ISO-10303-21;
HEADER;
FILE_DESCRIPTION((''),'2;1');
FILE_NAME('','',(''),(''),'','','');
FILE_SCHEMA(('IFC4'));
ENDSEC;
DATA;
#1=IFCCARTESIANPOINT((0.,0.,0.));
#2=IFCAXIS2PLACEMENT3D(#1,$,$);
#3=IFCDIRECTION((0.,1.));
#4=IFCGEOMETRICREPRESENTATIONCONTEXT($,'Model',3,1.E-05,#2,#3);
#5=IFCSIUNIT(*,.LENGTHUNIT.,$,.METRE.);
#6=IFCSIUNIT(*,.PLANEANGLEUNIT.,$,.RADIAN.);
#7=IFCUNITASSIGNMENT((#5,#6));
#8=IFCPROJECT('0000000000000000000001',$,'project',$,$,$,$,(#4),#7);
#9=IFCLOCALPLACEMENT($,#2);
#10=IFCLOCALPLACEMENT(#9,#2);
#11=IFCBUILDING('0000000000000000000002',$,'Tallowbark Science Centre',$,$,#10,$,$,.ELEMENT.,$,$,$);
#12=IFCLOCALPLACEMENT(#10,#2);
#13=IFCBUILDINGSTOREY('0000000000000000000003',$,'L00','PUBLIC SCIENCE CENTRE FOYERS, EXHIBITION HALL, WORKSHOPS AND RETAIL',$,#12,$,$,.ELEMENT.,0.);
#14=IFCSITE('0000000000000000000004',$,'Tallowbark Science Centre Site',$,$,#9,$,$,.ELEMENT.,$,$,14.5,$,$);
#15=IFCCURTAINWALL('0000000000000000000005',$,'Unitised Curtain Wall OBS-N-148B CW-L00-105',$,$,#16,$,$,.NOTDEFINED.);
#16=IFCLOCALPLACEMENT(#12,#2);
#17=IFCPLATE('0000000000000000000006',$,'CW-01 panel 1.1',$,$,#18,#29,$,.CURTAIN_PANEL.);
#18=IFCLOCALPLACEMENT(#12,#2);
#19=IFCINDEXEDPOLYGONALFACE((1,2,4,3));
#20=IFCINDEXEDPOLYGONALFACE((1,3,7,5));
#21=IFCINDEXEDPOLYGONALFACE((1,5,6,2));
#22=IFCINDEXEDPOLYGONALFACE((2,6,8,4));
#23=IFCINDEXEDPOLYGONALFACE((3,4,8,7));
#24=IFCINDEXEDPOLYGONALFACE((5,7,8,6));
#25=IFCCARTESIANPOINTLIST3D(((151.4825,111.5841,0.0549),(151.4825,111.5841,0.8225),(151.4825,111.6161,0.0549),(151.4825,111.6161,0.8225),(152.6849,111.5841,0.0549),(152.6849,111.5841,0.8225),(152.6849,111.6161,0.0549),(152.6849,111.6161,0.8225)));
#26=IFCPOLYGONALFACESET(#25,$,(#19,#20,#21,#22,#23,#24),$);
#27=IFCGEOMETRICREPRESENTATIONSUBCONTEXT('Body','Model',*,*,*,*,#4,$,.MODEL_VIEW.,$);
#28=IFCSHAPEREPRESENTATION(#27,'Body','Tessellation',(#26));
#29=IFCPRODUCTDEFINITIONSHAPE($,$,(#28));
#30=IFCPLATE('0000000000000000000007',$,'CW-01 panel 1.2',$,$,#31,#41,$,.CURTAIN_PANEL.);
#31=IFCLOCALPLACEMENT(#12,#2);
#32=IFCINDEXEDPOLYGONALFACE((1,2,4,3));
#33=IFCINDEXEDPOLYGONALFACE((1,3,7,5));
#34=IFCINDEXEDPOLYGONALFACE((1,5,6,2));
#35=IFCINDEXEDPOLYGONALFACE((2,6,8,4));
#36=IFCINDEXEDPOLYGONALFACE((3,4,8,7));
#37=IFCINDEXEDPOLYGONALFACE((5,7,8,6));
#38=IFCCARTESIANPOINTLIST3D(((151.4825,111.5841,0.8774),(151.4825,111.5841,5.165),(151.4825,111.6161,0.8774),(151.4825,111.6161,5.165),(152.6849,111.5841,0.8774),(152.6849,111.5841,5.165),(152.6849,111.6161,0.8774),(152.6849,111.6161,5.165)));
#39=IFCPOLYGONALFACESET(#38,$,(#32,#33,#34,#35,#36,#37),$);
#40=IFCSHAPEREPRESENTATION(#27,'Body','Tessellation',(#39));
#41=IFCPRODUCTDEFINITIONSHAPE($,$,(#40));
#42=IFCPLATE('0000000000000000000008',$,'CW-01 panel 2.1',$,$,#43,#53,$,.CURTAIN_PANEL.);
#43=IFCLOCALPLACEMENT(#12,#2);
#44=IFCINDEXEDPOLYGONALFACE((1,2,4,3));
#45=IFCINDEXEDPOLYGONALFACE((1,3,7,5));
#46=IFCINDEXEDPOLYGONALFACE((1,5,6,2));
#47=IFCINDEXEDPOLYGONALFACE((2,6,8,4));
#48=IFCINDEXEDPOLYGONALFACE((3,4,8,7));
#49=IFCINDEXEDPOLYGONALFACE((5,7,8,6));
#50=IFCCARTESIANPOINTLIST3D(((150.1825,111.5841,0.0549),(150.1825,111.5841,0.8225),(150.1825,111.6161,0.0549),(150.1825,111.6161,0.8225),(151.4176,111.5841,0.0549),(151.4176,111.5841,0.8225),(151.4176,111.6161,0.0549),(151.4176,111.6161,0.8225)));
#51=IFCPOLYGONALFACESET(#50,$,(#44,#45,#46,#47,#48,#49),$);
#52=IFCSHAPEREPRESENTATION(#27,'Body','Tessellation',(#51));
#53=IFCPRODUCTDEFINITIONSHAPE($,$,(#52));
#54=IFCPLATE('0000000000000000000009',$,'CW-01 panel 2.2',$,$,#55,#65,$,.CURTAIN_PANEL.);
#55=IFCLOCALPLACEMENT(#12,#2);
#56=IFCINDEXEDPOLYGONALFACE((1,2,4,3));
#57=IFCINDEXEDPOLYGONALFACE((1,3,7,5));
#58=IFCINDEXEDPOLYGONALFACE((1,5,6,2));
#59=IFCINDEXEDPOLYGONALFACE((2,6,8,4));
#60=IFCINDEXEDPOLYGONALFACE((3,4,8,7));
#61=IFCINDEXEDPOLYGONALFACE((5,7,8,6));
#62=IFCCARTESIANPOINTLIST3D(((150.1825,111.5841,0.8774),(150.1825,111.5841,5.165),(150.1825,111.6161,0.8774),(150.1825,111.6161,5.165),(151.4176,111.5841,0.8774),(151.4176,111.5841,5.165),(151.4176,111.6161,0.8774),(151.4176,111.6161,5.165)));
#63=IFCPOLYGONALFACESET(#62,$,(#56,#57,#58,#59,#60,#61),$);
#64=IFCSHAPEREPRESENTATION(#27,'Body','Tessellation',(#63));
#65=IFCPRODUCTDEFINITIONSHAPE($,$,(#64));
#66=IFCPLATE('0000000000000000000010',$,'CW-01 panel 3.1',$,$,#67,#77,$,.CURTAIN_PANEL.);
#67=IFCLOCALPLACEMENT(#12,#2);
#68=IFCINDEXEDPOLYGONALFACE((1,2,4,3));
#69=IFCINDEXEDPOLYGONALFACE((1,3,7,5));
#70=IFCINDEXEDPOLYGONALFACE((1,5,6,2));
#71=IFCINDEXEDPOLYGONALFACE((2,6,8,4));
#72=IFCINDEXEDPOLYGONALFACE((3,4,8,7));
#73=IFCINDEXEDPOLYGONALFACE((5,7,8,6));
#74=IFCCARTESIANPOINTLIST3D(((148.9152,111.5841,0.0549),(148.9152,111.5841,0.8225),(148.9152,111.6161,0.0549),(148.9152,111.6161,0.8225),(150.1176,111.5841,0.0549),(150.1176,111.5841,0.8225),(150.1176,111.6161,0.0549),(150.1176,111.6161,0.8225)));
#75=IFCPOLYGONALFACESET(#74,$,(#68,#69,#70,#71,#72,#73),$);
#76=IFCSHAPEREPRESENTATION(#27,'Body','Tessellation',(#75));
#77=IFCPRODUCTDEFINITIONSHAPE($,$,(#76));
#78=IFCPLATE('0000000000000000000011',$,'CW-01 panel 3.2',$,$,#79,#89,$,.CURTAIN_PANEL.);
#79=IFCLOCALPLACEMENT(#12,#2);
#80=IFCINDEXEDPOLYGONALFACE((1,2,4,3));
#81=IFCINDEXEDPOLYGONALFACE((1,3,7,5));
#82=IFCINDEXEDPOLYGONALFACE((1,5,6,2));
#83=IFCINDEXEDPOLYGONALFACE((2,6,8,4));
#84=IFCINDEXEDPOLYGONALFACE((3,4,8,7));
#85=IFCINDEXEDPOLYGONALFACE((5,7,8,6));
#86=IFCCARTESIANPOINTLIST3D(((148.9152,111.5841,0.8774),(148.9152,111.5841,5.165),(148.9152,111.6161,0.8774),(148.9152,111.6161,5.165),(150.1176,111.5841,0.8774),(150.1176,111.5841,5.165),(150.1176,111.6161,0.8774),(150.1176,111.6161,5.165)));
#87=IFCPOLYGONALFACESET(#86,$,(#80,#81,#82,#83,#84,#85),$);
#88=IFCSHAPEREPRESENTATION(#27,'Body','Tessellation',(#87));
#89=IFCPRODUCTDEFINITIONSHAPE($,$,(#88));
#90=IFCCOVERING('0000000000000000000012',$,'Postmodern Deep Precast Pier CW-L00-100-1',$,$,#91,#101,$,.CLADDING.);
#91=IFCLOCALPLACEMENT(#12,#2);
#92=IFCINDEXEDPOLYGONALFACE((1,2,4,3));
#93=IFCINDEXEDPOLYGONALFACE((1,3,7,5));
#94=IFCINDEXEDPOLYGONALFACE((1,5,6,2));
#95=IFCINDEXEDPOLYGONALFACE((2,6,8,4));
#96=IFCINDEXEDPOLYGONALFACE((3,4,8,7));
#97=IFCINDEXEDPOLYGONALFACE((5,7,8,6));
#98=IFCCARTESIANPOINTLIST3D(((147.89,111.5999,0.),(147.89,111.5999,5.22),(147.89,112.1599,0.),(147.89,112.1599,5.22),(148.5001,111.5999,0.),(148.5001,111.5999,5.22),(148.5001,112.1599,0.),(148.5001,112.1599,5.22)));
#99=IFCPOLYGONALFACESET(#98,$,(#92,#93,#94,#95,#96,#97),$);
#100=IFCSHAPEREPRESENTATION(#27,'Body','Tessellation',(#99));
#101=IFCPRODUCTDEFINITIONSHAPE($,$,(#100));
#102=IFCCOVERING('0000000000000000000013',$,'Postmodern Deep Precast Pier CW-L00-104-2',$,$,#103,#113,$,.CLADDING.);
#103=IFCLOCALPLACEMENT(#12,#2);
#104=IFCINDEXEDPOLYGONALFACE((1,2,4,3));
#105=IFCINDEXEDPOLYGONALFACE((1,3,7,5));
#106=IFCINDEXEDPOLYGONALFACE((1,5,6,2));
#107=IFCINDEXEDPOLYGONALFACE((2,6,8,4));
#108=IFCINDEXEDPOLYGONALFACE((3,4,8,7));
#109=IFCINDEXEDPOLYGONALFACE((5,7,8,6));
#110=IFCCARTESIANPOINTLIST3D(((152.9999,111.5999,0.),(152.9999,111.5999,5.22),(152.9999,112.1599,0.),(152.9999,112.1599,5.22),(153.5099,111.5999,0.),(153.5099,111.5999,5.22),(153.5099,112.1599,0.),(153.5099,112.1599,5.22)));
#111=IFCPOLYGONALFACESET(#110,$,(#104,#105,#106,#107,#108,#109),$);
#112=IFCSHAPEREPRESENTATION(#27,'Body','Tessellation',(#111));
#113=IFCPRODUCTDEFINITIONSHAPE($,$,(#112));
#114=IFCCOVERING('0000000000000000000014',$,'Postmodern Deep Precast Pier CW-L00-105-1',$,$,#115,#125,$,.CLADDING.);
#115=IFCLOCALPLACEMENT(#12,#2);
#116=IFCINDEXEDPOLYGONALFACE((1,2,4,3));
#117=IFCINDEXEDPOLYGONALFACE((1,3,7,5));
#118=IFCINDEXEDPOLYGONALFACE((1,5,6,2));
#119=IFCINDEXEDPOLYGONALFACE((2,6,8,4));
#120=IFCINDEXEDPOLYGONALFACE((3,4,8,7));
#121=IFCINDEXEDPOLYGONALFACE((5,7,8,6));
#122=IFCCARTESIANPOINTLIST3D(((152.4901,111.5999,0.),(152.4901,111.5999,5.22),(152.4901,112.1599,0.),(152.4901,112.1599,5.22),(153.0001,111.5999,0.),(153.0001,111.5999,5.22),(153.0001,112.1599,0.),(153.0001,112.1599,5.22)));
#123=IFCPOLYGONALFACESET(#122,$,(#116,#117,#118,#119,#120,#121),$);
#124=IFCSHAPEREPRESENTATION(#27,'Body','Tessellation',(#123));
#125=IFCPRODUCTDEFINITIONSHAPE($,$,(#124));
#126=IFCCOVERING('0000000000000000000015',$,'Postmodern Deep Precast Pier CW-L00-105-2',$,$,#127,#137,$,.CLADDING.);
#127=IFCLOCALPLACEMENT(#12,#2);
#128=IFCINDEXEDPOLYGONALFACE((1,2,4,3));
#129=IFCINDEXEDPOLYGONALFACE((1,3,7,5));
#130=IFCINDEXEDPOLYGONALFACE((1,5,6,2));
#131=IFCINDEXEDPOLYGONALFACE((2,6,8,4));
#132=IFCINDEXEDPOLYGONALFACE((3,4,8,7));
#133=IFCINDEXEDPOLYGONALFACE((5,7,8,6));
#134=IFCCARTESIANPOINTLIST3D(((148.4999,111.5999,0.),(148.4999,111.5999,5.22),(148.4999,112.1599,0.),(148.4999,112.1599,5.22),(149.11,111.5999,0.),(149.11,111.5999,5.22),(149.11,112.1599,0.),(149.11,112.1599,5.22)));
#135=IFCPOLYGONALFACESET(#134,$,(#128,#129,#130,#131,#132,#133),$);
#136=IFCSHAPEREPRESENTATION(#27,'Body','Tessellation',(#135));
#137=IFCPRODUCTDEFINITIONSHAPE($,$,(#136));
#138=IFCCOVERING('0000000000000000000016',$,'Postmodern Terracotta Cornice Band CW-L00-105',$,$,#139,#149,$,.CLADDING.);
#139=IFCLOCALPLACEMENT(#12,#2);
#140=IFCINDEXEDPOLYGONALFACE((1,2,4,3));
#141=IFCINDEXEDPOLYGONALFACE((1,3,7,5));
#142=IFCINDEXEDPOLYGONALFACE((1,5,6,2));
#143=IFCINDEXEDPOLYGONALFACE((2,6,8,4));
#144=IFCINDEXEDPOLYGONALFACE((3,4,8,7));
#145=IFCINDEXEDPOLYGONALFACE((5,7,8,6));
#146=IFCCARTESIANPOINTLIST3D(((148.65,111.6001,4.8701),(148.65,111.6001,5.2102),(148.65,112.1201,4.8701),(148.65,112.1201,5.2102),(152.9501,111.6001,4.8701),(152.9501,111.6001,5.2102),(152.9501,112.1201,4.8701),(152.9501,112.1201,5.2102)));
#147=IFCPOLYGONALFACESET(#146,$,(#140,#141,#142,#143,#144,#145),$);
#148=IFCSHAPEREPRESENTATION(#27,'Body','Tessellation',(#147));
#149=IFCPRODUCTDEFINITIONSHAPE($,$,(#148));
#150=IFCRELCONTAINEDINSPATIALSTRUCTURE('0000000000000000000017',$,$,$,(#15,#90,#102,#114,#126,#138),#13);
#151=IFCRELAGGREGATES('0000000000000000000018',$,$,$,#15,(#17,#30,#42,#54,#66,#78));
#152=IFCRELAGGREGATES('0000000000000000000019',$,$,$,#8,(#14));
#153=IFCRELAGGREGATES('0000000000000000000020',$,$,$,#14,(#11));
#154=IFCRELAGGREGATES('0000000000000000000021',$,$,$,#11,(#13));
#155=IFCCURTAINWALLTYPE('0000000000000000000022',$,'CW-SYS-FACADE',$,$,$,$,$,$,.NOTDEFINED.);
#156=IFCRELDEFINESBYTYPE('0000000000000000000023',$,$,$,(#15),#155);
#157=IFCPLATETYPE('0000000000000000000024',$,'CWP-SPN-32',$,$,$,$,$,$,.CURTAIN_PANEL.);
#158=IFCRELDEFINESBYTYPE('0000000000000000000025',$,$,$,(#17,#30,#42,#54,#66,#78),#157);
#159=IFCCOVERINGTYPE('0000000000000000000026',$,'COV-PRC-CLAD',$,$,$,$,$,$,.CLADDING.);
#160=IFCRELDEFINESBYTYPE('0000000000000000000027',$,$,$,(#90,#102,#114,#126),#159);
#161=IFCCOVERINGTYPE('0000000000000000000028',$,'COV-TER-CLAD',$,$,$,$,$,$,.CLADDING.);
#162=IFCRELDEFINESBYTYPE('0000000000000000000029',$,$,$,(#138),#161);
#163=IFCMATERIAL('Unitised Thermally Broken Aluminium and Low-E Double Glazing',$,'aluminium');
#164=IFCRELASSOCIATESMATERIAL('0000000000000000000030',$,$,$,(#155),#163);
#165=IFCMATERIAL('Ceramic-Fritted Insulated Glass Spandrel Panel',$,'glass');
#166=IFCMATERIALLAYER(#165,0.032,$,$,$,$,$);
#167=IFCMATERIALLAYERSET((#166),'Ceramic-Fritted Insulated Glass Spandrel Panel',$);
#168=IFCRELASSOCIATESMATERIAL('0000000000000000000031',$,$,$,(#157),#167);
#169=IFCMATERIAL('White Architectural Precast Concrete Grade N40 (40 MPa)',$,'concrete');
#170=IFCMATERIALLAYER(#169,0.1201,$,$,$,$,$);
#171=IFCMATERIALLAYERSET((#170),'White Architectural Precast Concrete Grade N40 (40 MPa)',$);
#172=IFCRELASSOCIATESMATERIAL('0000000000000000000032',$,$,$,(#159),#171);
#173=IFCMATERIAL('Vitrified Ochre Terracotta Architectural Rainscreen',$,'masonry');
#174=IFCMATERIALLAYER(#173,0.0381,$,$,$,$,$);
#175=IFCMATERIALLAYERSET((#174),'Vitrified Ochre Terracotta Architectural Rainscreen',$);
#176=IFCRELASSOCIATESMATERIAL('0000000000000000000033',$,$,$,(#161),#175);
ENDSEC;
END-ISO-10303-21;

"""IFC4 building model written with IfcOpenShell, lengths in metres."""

from ifc_helpers import new_model, si_unit, direction, frame, origin, origin_2d, place, context, subcontext, project, spatial, rectangle, extrude, material, layer, layer_set, type_object, element, aggregate, save


model = new_model("IFC4")

# Units and contexts
model_context = context("Model", 3, precision=1e-05, world=origin(), true_north=direction((0.0, 1.0)))
body_context = subcontext(model_context, "Body", "Model", "MODEL_VIEW")
ifc_project = project(units=[si_unit("LENGTHUNIT", "METRE"), si_unit("PLANEANGLEUNIT", "RADIAN")], contexts=[model_context])

# Site, building, storey
site_placement = place(None, origin())
site = spatial("IfcSite", under=ifc_project, at=site_placement, Name="Tallowbark Science Centre Site", CompositionType="ELEMENT", RefElevation=14.5)
building_placement = place(site_placement, origin())
building = spatial("IfcBuilding", under=site, at=building_placement, Name="Tallowbark Science Centre", CompositionType="ELEMENT")
storey_placement = place(building_placement, origin())
storey = spatial("IfcBuildingStorey", under=building, at=storey_placement, Name="L00", Description="PUBLIC SCIENCE CENTRE FOYERS, EXHIBITION HALL, WORKSHOPS AND RETAIL", CompositionType="ELEMENT", Elevation=0.0)

# Shared definitions
ifc_material_1 = material(Name="Unitised Thermally Broken Aluminium and Low-E Double Glazing", Category="aluminium")
curtain_wall_type = type_object("IfcCurtainWallType", Name="CW-SYS-FACADE", PredefinedType="NOTDEFINED", material=ifc_material_1)

# Curtain wall
curtain_wall_1_placement = place(storey_placement, origin())
curtain_wall_1 = element("IfcCurtainWall", 1, at=curtain_wall_1_placement, inside=storey, type_object=curtain_wall_type, Name="Unitised Curtain Wall OBS-N-148B CW-L00-105", PredefinedType="NOTDEFINED")

# Plates
ifc_material_2 = material(Name="Ceramic-Fritted Insulated Glass Spandrel Panel", Category="glass")
ifc_layer_1 = layer(ifc_material_2, 0.032)
ifc_layer_set_1 = layer_set([ifc_layer_1], Name="Ceramic-Fritted Insulated Glass Spandrel Panel")
plate_type_1 = type_object("IfcPlateType", Name="CWP-SPN-32", PredefinedType="CURTAIN_PANEL", material=ifc_layer_set_1)
plate_1_placement = place(storey_placement, frame((152.0837, 111.6001, 0.0549), z_axis=(0.0, 0.0, 1.0), x_axis=(-1.0, 0.0, 0.0)))
plate_1 = element("IfcPlate", 2, at=plate_1_placement, type_object=plate_type_1, Name="CW-01 panel 1.1", PredefinedType="CURTAIN_PANEL", context=body_context, shape_type="SweptSolid", body=[
    extrude(rectangle(XDim=1.2024, YDim=0.032, at=origin_2d()), origin(), (0.0, 0.0, 1.0), 0.7676),
])
plate_2_placement = place(storey_placement, frame((152.0837, 111.6001, 0.8774), z_axis=(0.0, 0.0, 1.0), x_axis=(-1.0, 0.0, 0.0)))
plate_2 = element("IfcPlate", 3, at=plate_2_placement, type_object=plate_type_1, Name="CW-01 panel 1.2", PredefinedType="CURTAIN_PANEL", context=body_context, shape_type="SweptSolid", body=[
    extrude(rectangle(XDim=1.2024, YDim=0.032, at=origin_2d()), origin(), (0.0, 0.0, 1.0), 4.2876),
])
plate_3_placement = place(storey_placement, frame((150.8, 111.6001, 0.0549), z_axis=(0.0, 0.0, 1.0), x_axis=(-1.0, 0.0, 0.0)))
plate_3 = element("IfcPlate", 4, at=plate_3_placement, type_object=plate_type_1, Name="CW-01 panel 2.1", PredefinedType="CURTAIN_PANEL", context=body_context, shape_type="SweptSolid", body=[
    extrude(rectangle(XDim=1.2351, YDim=0.032, at=origin_2d()), origin(), (0.0, 0.0, 1.0), 0.7676),
])
plate_4_placement = place(storey_placement, frame((150.8, 111.6001, 0.8774), z_axis=(0.0, 0.0, 1.0), x_axis=(-1.0, 0.0, 0.0)))
plate_4 = element("IfcPlate", 5, at=plate_4_placement, type_object=plate_type_1, Name="CW-01 panel 2.2", PredefinedType="CURTAIN_PANEL", context=body_context, shape_type="SweptSolid", body=[
    extrude(rectangle(XDim=1.2351, YDim=0.032, at=origin_2d()), origin(), (0.0, 0.0, 1.0), 4.2876),
])
plate_5_placement = place(storey_placement, frame((149.5164, 111.6001, 0.0549), z_axis=(0.0, 0.0, 1.0), x_axis=(-1.0, 0.0, 0.0)))
plate_5 = element("IfcPlate", 6, at=plate_5_placement, type_object=plate_type_1, Name="CW-01 panel 3.1", PredefinedType="CURTAIN_PANEL", context=body_context, shape_type="SweptSolid", body=[
    extrude(rectangle(XDim=1.2024, YDim=0.032, at=origin_2d()), origin(), (0.0, 0.0, 1.0), 0.7676),
])
plate_6_placement = place(storey_placement, frame((149.5164, 111.6001, 0.8774), z_axis=(0.0, 0.0, 1.0), x_axis=(-1.0, 0.0, 0.0)))
plate_6 = element("IfcPlate", 7, at=plate_6_placement, type_object=plate_type_1, Name="CW-01 panel 3.2", PredefinedType="CURTAIN_PANEL", context=body_context, shape_type="SweptSolid", body=[
    extrude(rectangle(XDim=1.2024, YDim=0.032, at=origin_2d()), origin(), (0.0, 0.0, 1.0), 4.2876),
])
aggregate(curtain_wall_1, [plate_1, plate_2, plate_3, plate_4, plate_5, plate_6])

# Coverings
ifc_material_3 = material(Name="White Architectural Precast Concrete Grade N40 (40 MPa)", Category="concrete")
ifc_layer_2 = layer(ifc_material_3, 0.1201)
ifc_layer_set_2 = layer_set([ifc_layer_2], Name="White Architectural Precast Concrete Grade N40 (40 MPa)")
covering_type_1 = type_object("IfcCoveringType", Name="COV-PRC-CLAD", PredefinedType="CLADDING", material=ifc_layer_set_2)
covering_1_placement = place(storey_placement, frame((148.1951, 111.8799, 0.0), z_axis=(0.0, 0.0, 1.0), x_axis=(-1.0, 0.0, 0.0)))
element("IfcCovering", 8, at=covering_1_placement, inside=storey, type_object=covering_type_1, Name="Postmodern Deep Precast Pier CW-L00-100-1", PredefinedType="CLADDING", context=body_context, shape_type="SweptSolid", body=[
    extrude(rectangle(XDim=0.6101, YDim=0.5601, at=origin_2d()), origin(), (0.0, 0.0, 1.0), 5.22),
])
for number, where, z_axis, x_axis, name in (
    (9, (153.2549, 111.8799, 0.0), (0.0, 0.0, 1.0), (-1.0, 0.0, 0.0), "Postmodern Deep Precast Pier CW-L00-104-2"),
    (10, (152.7451, 111.8799, 0.0), (0.0, 0.0, 1.0), (-1.0, 0.0, 0.0), "Postmodern Deep Precast Pier CW-L00-105-1"),
):
    element("IfcCovering", number, at=place(storey_placement, frame(where, z_axis=z_axis, x_axis=x_axis)), inside=storey, type_object=covering_type_1, Name=name, PredefinedType="CLADDING", context=body_context, shape_type="SweptSolid", body=[
        extrude(rectangle(XDim=0.51, YDim=0.5601, at=origin_2d()), origin(), (0.0, 0.0, 1.0), 5.22),
    ])
covering_2_placement = place(storey_placement, frame((148.8049, 111.8799, 0.0), z_axis=(0.0, 0.0, 1.0), x_axis=(-1.0, 0.0, 0.0)))
element("IfcCovering", 11, at=covering_2_placement, inside=storey, type_object=covering_type_1, Name="Postmodern Deep Precast Pier CW-L00-105-2", PredefinedType="CLADDING", context=body_context, shape_type="SweptSolid", body=[
    extrude(rectangle(XDim=0.6101, YDim=0.5601, at=origin_2d()), origin(), (0.0, 0.0, 1.0), 5.22),
])
ifc_material_4 = material(Name="Vitrified Ochre Terracotta Architectural Rainscreen", Category="masonry")
ifc_layer_3 = layer(ifc_material_4, 0.0381)
ifc_layer_set_3 = layer_set([ifc_layer_3], Name="Vitrified Ochre Terracotta Architectural Rainscreen")
covering_type_2 = type_object("IfcCoveringType", Name="COV-TER-CLAD", PredefinedType="CLADDING", material=ifc_layer_set_3)
covering_3_placement = place(storey_placement, frame((150.8, 111.8601, 4.8701), z_axis=(0.0, 0.0, 1.0), x_axis=(-1.0, 0.0, 0.0)))
element("IfcCovering", 12, at=covering_3_placement, inside=storey, type_object=covering_type_2, Name="Postmodern Terracotta Cornice Band CW-L00-105", PredefinedType="CLADDING", context=body_context, shape_type="SweptSolid", body=[
    extrude(rectangle(XDim=4.3, YDim=0.52, at=origin_2d()), origin(), (0.0, 0.0, 1.0), 0.3401),
])

save(model, "model.ifc")
